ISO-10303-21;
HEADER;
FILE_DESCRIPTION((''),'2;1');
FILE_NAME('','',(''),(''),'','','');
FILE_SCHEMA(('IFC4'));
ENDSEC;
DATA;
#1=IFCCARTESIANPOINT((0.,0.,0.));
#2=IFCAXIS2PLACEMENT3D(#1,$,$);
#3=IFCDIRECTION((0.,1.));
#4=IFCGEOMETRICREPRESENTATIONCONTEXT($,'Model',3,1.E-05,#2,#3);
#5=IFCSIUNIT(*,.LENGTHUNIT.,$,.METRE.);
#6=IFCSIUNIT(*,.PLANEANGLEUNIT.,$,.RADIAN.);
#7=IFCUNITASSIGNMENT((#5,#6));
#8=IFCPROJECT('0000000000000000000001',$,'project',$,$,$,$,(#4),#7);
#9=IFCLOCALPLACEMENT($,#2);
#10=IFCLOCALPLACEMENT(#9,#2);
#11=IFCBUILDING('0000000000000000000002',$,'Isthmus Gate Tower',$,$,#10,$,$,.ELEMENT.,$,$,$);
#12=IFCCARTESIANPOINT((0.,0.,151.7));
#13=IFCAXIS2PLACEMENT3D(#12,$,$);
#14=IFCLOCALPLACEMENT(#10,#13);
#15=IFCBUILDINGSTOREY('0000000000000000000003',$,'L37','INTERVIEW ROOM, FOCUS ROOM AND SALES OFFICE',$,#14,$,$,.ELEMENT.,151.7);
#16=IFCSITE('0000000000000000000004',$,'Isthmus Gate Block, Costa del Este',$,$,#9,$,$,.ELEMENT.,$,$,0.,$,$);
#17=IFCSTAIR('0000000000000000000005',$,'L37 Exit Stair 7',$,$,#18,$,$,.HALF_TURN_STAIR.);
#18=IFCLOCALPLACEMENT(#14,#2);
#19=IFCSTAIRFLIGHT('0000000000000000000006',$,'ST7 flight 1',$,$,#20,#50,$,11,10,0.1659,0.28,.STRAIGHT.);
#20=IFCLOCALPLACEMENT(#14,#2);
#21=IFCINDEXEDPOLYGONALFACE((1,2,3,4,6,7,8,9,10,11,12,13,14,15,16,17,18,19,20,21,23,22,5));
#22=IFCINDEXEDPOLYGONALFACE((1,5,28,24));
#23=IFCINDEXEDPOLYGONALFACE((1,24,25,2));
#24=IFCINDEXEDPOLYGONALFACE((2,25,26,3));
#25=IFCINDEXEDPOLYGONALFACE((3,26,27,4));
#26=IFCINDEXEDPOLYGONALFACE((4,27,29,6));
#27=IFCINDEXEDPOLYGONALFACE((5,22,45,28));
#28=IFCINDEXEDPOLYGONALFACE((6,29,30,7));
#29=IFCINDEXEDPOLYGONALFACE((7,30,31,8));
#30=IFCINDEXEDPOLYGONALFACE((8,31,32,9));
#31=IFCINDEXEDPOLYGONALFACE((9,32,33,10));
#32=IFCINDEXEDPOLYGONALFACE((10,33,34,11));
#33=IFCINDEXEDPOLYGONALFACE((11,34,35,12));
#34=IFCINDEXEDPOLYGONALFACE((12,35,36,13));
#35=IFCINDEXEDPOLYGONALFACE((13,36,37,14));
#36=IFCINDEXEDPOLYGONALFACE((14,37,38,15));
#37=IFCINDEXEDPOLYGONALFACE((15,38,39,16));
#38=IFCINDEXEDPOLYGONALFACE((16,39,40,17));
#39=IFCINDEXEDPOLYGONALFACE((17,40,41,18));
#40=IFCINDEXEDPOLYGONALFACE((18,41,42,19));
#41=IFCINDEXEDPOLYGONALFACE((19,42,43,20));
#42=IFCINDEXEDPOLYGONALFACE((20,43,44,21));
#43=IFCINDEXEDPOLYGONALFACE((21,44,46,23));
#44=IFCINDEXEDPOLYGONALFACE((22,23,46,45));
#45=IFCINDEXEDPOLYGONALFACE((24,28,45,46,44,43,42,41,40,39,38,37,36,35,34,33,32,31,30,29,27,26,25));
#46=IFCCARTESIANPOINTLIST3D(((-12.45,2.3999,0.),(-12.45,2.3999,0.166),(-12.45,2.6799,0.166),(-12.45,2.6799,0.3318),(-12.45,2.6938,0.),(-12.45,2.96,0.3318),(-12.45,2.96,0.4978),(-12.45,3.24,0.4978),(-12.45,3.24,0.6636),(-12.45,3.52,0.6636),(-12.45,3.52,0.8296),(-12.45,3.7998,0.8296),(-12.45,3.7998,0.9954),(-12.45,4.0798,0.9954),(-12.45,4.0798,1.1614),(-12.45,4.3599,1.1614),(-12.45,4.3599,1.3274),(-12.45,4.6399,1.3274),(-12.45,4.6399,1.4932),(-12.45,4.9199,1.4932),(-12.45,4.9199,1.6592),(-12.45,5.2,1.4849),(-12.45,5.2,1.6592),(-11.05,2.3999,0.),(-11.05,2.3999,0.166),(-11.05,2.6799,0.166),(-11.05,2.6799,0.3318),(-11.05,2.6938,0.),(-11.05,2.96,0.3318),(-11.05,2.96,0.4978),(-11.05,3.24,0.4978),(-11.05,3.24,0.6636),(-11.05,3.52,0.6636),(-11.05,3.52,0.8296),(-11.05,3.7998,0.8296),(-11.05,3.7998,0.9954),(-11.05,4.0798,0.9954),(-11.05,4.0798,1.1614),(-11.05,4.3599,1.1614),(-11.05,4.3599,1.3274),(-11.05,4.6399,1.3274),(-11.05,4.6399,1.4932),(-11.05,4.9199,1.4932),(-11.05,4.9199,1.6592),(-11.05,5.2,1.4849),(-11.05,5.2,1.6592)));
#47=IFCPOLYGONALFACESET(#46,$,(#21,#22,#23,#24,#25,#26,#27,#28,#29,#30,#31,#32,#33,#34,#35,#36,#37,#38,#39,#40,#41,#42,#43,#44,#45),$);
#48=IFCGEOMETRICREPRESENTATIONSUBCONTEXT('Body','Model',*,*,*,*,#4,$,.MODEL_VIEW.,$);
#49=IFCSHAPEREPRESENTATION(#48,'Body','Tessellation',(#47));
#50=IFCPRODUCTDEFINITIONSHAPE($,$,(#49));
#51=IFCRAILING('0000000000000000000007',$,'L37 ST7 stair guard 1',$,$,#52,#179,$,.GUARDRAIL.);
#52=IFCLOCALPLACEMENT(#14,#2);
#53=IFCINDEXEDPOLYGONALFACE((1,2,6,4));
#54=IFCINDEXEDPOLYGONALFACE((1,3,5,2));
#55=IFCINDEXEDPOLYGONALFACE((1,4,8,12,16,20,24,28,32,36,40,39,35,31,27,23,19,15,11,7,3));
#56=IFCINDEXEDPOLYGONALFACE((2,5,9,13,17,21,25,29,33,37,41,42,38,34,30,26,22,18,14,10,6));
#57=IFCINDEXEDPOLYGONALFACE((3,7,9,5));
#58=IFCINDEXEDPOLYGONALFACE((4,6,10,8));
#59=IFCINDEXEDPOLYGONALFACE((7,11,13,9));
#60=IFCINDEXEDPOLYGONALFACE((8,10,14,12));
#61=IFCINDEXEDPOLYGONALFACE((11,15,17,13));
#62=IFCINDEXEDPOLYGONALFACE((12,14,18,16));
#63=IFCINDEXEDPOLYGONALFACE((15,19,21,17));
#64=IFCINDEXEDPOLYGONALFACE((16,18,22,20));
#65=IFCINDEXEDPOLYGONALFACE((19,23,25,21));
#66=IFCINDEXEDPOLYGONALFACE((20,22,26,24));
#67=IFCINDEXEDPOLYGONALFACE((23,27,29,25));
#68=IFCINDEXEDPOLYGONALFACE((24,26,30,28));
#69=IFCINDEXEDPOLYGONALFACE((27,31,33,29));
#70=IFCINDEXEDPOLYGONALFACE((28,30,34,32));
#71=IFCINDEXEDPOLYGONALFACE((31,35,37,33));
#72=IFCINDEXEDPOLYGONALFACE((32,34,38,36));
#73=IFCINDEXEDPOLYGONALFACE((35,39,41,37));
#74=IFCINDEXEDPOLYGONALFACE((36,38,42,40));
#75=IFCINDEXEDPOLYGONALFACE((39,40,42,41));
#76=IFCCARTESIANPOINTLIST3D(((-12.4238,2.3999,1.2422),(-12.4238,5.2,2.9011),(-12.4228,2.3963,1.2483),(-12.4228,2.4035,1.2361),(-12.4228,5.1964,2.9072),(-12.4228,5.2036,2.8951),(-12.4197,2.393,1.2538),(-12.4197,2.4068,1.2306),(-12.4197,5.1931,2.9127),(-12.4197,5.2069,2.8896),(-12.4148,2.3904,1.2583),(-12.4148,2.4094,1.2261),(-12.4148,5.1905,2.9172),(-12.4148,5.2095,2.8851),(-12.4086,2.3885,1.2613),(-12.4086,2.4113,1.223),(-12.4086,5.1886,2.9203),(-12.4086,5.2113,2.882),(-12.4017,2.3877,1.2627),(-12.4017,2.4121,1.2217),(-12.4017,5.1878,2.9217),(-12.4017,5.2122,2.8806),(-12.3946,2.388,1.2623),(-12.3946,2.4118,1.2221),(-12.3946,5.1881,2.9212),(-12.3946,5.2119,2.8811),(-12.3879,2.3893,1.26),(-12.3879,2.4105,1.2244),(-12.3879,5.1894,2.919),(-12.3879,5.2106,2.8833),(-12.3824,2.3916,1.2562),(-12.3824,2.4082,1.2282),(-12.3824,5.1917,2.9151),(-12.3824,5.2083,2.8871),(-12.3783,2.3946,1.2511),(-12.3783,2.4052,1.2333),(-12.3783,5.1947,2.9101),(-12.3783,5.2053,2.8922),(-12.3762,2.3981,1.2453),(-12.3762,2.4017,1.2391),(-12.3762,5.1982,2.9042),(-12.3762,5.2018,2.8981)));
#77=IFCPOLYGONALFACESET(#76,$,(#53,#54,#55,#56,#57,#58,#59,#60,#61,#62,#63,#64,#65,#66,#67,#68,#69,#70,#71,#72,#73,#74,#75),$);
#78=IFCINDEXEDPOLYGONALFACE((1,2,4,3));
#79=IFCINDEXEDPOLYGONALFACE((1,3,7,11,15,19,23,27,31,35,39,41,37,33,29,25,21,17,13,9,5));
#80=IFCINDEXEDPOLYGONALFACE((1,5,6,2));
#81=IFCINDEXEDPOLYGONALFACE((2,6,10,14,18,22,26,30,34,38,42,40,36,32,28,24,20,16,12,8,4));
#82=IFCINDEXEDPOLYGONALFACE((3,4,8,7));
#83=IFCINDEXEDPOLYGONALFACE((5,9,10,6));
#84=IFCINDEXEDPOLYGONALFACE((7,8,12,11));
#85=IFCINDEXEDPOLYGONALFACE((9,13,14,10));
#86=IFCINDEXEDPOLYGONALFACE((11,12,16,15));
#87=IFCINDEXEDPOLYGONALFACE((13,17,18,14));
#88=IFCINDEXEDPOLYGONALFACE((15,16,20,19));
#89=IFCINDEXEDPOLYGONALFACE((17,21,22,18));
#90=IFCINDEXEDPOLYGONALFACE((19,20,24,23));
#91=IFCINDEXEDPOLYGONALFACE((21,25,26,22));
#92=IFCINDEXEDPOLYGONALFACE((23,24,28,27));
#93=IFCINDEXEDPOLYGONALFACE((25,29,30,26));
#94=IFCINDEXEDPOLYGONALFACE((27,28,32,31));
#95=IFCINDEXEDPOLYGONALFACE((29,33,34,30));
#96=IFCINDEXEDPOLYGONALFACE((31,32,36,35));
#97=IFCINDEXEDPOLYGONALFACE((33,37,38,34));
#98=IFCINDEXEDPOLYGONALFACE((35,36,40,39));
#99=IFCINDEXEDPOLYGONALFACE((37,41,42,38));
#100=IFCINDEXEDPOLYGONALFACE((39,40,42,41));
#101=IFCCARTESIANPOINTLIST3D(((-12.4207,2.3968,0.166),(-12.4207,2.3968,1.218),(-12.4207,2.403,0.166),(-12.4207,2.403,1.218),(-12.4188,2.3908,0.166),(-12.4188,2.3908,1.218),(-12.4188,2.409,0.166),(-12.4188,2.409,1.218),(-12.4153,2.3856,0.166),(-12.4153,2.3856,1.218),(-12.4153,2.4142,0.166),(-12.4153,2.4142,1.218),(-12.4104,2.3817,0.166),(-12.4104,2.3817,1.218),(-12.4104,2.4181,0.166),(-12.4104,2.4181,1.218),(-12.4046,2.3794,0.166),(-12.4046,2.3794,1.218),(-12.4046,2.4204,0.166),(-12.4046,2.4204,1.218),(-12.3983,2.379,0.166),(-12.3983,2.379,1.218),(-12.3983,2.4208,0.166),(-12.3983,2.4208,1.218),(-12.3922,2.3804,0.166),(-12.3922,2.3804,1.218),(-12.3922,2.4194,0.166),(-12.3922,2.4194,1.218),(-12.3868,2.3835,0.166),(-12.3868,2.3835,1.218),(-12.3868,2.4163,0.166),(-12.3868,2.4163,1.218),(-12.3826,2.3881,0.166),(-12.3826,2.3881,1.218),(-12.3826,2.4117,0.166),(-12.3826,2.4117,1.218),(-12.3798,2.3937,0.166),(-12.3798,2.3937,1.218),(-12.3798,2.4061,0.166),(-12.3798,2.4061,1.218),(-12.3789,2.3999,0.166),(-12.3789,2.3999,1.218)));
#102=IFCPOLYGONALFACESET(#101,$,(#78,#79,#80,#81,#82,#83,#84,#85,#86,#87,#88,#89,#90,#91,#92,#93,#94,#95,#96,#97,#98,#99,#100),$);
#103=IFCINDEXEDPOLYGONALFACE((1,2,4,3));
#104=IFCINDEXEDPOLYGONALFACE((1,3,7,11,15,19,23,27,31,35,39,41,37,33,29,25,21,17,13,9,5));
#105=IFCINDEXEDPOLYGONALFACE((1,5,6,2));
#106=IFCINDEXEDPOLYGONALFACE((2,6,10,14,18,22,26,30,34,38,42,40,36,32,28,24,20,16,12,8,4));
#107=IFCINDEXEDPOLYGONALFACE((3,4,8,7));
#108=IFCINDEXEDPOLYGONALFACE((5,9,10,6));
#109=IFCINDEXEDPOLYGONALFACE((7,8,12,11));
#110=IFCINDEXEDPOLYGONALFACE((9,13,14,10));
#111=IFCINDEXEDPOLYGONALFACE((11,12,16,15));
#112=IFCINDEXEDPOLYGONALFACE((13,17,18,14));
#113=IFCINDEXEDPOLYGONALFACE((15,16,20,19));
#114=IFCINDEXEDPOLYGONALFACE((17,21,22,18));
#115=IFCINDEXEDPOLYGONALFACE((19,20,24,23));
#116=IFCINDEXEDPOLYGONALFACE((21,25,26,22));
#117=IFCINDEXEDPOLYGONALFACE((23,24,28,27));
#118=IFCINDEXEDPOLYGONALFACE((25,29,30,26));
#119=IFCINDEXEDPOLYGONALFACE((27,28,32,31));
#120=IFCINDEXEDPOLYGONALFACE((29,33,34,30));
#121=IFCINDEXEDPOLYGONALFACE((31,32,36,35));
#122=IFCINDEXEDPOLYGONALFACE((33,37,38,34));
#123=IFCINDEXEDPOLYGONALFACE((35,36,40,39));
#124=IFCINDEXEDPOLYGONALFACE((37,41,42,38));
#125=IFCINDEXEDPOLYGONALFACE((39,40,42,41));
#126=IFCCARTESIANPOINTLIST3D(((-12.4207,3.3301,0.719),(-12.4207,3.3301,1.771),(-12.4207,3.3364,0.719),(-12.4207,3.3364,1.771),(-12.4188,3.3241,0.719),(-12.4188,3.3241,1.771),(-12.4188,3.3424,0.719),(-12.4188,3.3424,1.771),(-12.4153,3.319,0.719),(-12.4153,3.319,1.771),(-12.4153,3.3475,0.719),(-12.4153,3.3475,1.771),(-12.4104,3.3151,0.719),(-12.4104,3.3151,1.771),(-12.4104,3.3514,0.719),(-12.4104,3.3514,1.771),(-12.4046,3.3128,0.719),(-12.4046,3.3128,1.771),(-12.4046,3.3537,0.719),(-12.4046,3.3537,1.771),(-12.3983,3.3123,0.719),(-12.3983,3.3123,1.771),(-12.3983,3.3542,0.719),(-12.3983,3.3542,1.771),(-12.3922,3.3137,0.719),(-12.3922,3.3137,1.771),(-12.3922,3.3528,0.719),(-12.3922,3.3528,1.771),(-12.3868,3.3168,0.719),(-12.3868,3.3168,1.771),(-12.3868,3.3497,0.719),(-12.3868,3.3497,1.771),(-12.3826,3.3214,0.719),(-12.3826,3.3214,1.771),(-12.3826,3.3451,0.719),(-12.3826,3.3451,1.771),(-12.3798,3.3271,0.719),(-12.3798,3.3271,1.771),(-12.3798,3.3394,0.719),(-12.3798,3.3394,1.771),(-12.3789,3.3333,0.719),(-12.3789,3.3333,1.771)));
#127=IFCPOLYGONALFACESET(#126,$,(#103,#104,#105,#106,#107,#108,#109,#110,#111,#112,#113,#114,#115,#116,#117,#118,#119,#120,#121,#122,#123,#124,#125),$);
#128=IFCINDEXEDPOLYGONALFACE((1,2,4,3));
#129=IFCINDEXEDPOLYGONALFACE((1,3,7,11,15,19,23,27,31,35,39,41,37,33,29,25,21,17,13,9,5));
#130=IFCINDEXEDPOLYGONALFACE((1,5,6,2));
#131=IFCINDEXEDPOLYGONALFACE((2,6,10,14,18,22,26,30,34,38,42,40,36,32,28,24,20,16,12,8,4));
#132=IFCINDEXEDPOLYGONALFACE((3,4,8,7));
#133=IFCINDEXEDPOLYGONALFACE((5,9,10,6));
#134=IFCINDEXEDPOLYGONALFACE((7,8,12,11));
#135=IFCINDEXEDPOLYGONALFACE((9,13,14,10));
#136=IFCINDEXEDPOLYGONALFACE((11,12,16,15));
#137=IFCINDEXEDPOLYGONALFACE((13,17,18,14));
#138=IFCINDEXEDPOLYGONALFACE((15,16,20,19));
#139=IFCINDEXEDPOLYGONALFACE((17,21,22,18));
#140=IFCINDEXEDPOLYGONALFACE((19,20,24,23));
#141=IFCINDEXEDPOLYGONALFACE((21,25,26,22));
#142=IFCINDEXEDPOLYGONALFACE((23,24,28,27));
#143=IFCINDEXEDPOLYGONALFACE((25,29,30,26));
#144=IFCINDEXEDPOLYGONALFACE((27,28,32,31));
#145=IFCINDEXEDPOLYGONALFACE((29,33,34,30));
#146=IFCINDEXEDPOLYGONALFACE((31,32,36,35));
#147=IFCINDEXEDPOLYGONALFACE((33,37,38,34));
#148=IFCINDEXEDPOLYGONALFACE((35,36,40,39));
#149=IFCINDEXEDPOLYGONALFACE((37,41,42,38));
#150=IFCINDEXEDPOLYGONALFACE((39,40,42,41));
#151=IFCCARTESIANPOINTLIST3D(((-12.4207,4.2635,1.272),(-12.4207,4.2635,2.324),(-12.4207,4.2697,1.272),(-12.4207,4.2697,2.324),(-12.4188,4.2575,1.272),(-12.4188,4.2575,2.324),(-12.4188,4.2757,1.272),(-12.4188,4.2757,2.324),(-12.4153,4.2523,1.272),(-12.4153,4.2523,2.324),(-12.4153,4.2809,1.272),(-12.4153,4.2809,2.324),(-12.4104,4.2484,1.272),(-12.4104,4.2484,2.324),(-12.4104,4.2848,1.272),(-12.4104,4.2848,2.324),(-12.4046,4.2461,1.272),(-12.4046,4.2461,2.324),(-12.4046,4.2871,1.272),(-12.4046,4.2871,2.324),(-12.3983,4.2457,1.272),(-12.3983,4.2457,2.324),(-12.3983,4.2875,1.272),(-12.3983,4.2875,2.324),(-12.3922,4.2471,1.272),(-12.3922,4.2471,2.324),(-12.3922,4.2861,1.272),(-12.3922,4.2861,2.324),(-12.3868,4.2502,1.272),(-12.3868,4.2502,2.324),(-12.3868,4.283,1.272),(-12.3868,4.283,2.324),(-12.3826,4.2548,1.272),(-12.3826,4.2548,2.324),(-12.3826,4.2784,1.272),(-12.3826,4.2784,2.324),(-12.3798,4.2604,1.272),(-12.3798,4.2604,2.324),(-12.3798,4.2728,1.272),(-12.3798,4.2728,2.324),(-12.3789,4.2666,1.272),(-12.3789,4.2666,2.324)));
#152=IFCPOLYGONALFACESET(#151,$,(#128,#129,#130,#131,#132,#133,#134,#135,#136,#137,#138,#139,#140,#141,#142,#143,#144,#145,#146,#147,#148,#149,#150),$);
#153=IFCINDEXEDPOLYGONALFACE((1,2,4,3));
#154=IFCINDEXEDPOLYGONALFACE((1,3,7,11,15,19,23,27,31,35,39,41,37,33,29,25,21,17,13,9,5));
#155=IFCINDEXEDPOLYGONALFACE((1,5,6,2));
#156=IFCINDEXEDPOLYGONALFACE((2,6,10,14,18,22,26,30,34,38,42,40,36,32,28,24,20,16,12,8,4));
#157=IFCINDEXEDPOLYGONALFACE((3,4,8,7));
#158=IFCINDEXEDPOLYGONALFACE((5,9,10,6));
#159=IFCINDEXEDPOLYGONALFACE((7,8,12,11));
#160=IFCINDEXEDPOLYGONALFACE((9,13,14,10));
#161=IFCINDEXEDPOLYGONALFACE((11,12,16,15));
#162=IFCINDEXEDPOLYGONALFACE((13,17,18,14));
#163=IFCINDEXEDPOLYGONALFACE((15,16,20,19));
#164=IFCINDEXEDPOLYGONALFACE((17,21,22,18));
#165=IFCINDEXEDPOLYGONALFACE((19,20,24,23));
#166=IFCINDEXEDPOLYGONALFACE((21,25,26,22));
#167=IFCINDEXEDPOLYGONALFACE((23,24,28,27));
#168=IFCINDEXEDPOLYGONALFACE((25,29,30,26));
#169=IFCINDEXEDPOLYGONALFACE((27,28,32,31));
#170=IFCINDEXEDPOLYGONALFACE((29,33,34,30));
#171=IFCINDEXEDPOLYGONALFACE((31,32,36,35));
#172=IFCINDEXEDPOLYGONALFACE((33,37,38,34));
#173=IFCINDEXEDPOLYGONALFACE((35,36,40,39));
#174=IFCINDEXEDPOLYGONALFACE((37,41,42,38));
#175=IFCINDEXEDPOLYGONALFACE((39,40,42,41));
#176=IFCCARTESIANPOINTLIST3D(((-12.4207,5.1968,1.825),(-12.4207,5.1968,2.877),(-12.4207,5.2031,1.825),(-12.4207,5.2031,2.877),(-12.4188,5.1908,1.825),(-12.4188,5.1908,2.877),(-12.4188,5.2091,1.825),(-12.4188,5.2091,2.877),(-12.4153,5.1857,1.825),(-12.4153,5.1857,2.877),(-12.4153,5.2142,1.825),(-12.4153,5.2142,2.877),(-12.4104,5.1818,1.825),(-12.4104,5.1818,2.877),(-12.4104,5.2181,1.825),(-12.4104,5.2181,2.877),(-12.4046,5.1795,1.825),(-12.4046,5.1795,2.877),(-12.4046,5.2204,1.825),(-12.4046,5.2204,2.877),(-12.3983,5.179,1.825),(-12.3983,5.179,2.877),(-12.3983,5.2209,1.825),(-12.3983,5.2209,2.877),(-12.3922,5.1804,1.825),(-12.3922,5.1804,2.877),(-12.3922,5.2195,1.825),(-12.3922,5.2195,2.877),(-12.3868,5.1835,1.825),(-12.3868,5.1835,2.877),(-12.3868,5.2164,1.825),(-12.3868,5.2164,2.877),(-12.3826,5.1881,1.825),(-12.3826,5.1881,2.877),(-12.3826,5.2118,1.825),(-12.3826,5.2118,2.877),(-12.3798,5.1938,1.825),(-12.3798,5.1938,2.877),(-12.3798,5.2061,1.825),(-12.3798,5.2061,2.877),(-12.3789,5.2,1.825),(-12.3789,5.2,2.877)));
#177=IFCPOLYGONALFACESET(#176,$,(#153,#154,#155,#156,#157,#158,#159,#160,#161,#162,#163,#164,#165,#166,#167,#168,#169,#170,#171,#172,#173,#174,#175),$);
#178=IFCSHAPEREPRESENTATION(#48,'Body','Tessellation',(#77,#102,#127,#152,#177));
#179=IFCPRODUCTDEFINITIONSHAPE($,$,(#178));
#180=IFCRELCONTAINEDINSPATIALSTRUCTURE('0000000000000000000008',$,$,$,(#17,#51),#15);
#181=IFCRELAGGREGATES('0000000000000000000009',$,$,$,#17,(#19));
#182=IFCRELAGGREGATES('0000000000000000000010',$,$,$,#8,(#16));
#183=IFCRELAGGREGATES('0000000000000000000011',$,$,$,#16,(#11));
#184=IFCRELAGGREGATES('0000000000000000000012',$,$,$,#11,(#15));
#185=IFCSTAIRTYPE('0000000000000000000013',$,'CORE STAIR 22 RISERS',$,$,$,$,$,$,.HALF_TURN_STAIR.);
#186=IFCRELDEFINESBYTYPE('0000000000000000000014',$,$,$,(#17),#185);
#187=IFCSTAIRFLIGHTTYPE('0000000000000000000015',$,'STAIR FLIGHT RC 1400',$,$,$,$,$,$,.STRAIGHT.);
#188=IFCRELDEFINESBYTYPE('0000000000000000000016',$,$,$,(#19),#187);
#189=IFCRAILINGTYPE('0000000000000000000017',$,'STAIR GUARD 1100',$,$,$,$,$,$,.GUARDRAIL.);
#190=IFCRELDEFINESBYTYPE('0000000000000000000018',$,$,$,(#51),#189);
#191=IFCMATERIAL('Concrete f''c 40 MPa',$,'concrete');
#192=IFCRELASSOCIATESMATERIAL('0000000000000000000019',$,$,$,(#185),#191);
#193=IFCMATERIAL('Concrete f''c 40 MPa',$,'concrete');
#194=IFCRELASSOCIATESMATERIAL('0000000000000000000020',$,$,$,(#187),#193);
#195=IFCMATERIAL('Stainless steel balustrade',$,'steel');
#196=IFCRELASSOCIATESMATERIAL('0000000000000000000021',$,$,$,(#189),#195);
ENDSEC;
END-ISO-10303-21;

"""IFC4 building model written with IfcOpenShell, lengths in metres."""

from ifc_helpers import new_model, si_unit, direction, frame, origin, origin_2d, place, context, subcontext, project, spatial, polyline, circle, outline, extrude, material, type_object, element, aggregate, save


model = new_model("IFC4")

# Units and contexts
model_context = context("Model", 3, precision=1e-05, world=origin(), true_north=direction((0.0, 1.0)))
body_context = subcontext(model_context, "Body", "Model", "MODEL_VIEW")
ifc_project = project(units=[si_unit("LENGTHUNIT", "METRE"), si_unit("PLANEANGLEUNIT", "RADIAN")], contexts=[model_context])

# Site, building, storey
site_placement = place(None, origin())
site = spatial("IfcSite", under=ifc_project, at=site_placement, Name="Isthmus Gate Block, Costa del Este", CompositionType="ELEMENT", RefElevation=0.0)
building_placement = place(site_placement, origin())
building = spatial("IfcBuilding", under=site, at=building_placement, Name="Isthmus Gate Tower", CompositionType="ELEMENT")
storey_placement = place(building_placement, frame((0.0, 0.0, 151.7)))
storey = spatial("IfcBuildingStorey", under=building, at=storey_placement, Name="L37", Description="INTERVIEW ROOM, FOCUS ROOM AND SALES OFFICE", CompositionType="ELEMENT", Elevation=151.7)

# Stair, stair flight
ifc_material_1 = material(Name="Concrete f'c 40 MPa", Category="concrete")
stair_type = type_object("IfcStairType", Name="CORE STAIR 22 RISERS", PredefinedType="HALF_TURN_STAIR", material=ifc_material_1)
stair_placement = place(storey_placement, origin())
stair = element("IfcStair", 1, at=stair_placement, inside=storey, type_object=stair_type, Name="L37 Exit Stair 7", PredefinedType="HALF_TURN_STAIR")
ifc_material_2 = material(Name="Concrete f'c 40 MPa", Category="concrete")
stair_flight_type = type_object("IfcStairFlightType", Name="STAIR FLIGHT RC 1400", PredefinedType="STRAIGHT", material=ifc_material_2)
stair_flight_placement = place(storey_placement, frame((-11.75, 2.3999, 0.0), z_axis=(0.0, 0.0, 1.0), x_axis=(0.0, 1.0, 0.0)))
stair_flight = element("IfcStairFlight", 2, at=stair_flight_placement, type_object=stair_flight_type, Name="ST7 flight 1", NumberOfRisers=11, NumberOfTreads=10, PredefinedType="STRAIGHT", RiserHeight=0.1659, TreadLength=0.28, context=body_context, shape_type="SweptSolid", body=[
    extrude(outline(polyline([(0.0, 0.0), (0.0, 0.166), (0.28, 0.166), (0.28, 0.3318), (0.5601, 0.3318), (0.5601, 0.4978), (0.8401, 0.4978), (0.8401, 0.6636), (1.1201, 0.6636), (1.1201, 0.8296), (1.3999, 0.8296), (1.3999, 0.9954), (1.6799, 0.9954), (1.6799, 1.1614), (1.96, 1.1614), (1.96, 1.3274), (2.24, 1.3274), (2.24, 1.4932), (2.52, 1.4932), (2.52, 1.6592), (2.8, 1.6592), (2.8, 1.825), (2.8, 1.4849), (0.2939, 0.0), (0.0, 0.0)])), frame((0.0, 0.7, 0.0), z_axis=(0.0, -1.0, 0.0), x_axis=(1.0, 0.0, 0.0)), (0.0, 0.0, 1.0), 1.3999),
])
aggregate(stair, [stair_flight])

# Railing
ifc_material_3 = material(Name="Stainless steel balustrade", Category="steel")
railing_type_1 = type_object("IfcRailingType", Name="STAIR GUARD 1100", PredefinedType="GUARDRAIL", material=ifc_material_3)
railing_1_placement = place(storey_placement, frame((-12.3999, 2.3999, 0.166)))
element("IfcRailing", 3, at=railing_1_placement, inside=storey, type_object=railing_type_1, Name="L37 ST7 stair guard 1", PredefinedType="GUARDRAIL", context=body_context, shape_type="SweptSolid", body=[
    extrude(circle(Radius=0.0239, at=origin_2d()), frame((0.0, 0.0, 1.0762), z_axis=(0.0, 0.860339, 0.509722), x_axis=(-1.0, 0.0, 0.0)), (0.0, 0.0, 1.0), 3.2546),
    extrude(circle(Radius=0.021, at=origin_2d()), origin(), (0.0, 0.0, 1.0), 1.052),
    extrude(circle(Radius=0.021, at=origin_2d()), frame((0.0, 0.9333, 0.553)), (0.0, 0.0, 1.0), 1.052),
    extrude(circle(Radius=0.021, at=origin_2d()), frame((0.0, 1.8667, 1.106)), (0.0, 0.0, 1.0), 1.052),
    extrude(circle(Radius=0.021, at=origin_2d()), frame((0.0, 2.8, 1.6589)), (0.0, 0.0, 1.0), 1.052),
])

save(model, "model.ifc")
